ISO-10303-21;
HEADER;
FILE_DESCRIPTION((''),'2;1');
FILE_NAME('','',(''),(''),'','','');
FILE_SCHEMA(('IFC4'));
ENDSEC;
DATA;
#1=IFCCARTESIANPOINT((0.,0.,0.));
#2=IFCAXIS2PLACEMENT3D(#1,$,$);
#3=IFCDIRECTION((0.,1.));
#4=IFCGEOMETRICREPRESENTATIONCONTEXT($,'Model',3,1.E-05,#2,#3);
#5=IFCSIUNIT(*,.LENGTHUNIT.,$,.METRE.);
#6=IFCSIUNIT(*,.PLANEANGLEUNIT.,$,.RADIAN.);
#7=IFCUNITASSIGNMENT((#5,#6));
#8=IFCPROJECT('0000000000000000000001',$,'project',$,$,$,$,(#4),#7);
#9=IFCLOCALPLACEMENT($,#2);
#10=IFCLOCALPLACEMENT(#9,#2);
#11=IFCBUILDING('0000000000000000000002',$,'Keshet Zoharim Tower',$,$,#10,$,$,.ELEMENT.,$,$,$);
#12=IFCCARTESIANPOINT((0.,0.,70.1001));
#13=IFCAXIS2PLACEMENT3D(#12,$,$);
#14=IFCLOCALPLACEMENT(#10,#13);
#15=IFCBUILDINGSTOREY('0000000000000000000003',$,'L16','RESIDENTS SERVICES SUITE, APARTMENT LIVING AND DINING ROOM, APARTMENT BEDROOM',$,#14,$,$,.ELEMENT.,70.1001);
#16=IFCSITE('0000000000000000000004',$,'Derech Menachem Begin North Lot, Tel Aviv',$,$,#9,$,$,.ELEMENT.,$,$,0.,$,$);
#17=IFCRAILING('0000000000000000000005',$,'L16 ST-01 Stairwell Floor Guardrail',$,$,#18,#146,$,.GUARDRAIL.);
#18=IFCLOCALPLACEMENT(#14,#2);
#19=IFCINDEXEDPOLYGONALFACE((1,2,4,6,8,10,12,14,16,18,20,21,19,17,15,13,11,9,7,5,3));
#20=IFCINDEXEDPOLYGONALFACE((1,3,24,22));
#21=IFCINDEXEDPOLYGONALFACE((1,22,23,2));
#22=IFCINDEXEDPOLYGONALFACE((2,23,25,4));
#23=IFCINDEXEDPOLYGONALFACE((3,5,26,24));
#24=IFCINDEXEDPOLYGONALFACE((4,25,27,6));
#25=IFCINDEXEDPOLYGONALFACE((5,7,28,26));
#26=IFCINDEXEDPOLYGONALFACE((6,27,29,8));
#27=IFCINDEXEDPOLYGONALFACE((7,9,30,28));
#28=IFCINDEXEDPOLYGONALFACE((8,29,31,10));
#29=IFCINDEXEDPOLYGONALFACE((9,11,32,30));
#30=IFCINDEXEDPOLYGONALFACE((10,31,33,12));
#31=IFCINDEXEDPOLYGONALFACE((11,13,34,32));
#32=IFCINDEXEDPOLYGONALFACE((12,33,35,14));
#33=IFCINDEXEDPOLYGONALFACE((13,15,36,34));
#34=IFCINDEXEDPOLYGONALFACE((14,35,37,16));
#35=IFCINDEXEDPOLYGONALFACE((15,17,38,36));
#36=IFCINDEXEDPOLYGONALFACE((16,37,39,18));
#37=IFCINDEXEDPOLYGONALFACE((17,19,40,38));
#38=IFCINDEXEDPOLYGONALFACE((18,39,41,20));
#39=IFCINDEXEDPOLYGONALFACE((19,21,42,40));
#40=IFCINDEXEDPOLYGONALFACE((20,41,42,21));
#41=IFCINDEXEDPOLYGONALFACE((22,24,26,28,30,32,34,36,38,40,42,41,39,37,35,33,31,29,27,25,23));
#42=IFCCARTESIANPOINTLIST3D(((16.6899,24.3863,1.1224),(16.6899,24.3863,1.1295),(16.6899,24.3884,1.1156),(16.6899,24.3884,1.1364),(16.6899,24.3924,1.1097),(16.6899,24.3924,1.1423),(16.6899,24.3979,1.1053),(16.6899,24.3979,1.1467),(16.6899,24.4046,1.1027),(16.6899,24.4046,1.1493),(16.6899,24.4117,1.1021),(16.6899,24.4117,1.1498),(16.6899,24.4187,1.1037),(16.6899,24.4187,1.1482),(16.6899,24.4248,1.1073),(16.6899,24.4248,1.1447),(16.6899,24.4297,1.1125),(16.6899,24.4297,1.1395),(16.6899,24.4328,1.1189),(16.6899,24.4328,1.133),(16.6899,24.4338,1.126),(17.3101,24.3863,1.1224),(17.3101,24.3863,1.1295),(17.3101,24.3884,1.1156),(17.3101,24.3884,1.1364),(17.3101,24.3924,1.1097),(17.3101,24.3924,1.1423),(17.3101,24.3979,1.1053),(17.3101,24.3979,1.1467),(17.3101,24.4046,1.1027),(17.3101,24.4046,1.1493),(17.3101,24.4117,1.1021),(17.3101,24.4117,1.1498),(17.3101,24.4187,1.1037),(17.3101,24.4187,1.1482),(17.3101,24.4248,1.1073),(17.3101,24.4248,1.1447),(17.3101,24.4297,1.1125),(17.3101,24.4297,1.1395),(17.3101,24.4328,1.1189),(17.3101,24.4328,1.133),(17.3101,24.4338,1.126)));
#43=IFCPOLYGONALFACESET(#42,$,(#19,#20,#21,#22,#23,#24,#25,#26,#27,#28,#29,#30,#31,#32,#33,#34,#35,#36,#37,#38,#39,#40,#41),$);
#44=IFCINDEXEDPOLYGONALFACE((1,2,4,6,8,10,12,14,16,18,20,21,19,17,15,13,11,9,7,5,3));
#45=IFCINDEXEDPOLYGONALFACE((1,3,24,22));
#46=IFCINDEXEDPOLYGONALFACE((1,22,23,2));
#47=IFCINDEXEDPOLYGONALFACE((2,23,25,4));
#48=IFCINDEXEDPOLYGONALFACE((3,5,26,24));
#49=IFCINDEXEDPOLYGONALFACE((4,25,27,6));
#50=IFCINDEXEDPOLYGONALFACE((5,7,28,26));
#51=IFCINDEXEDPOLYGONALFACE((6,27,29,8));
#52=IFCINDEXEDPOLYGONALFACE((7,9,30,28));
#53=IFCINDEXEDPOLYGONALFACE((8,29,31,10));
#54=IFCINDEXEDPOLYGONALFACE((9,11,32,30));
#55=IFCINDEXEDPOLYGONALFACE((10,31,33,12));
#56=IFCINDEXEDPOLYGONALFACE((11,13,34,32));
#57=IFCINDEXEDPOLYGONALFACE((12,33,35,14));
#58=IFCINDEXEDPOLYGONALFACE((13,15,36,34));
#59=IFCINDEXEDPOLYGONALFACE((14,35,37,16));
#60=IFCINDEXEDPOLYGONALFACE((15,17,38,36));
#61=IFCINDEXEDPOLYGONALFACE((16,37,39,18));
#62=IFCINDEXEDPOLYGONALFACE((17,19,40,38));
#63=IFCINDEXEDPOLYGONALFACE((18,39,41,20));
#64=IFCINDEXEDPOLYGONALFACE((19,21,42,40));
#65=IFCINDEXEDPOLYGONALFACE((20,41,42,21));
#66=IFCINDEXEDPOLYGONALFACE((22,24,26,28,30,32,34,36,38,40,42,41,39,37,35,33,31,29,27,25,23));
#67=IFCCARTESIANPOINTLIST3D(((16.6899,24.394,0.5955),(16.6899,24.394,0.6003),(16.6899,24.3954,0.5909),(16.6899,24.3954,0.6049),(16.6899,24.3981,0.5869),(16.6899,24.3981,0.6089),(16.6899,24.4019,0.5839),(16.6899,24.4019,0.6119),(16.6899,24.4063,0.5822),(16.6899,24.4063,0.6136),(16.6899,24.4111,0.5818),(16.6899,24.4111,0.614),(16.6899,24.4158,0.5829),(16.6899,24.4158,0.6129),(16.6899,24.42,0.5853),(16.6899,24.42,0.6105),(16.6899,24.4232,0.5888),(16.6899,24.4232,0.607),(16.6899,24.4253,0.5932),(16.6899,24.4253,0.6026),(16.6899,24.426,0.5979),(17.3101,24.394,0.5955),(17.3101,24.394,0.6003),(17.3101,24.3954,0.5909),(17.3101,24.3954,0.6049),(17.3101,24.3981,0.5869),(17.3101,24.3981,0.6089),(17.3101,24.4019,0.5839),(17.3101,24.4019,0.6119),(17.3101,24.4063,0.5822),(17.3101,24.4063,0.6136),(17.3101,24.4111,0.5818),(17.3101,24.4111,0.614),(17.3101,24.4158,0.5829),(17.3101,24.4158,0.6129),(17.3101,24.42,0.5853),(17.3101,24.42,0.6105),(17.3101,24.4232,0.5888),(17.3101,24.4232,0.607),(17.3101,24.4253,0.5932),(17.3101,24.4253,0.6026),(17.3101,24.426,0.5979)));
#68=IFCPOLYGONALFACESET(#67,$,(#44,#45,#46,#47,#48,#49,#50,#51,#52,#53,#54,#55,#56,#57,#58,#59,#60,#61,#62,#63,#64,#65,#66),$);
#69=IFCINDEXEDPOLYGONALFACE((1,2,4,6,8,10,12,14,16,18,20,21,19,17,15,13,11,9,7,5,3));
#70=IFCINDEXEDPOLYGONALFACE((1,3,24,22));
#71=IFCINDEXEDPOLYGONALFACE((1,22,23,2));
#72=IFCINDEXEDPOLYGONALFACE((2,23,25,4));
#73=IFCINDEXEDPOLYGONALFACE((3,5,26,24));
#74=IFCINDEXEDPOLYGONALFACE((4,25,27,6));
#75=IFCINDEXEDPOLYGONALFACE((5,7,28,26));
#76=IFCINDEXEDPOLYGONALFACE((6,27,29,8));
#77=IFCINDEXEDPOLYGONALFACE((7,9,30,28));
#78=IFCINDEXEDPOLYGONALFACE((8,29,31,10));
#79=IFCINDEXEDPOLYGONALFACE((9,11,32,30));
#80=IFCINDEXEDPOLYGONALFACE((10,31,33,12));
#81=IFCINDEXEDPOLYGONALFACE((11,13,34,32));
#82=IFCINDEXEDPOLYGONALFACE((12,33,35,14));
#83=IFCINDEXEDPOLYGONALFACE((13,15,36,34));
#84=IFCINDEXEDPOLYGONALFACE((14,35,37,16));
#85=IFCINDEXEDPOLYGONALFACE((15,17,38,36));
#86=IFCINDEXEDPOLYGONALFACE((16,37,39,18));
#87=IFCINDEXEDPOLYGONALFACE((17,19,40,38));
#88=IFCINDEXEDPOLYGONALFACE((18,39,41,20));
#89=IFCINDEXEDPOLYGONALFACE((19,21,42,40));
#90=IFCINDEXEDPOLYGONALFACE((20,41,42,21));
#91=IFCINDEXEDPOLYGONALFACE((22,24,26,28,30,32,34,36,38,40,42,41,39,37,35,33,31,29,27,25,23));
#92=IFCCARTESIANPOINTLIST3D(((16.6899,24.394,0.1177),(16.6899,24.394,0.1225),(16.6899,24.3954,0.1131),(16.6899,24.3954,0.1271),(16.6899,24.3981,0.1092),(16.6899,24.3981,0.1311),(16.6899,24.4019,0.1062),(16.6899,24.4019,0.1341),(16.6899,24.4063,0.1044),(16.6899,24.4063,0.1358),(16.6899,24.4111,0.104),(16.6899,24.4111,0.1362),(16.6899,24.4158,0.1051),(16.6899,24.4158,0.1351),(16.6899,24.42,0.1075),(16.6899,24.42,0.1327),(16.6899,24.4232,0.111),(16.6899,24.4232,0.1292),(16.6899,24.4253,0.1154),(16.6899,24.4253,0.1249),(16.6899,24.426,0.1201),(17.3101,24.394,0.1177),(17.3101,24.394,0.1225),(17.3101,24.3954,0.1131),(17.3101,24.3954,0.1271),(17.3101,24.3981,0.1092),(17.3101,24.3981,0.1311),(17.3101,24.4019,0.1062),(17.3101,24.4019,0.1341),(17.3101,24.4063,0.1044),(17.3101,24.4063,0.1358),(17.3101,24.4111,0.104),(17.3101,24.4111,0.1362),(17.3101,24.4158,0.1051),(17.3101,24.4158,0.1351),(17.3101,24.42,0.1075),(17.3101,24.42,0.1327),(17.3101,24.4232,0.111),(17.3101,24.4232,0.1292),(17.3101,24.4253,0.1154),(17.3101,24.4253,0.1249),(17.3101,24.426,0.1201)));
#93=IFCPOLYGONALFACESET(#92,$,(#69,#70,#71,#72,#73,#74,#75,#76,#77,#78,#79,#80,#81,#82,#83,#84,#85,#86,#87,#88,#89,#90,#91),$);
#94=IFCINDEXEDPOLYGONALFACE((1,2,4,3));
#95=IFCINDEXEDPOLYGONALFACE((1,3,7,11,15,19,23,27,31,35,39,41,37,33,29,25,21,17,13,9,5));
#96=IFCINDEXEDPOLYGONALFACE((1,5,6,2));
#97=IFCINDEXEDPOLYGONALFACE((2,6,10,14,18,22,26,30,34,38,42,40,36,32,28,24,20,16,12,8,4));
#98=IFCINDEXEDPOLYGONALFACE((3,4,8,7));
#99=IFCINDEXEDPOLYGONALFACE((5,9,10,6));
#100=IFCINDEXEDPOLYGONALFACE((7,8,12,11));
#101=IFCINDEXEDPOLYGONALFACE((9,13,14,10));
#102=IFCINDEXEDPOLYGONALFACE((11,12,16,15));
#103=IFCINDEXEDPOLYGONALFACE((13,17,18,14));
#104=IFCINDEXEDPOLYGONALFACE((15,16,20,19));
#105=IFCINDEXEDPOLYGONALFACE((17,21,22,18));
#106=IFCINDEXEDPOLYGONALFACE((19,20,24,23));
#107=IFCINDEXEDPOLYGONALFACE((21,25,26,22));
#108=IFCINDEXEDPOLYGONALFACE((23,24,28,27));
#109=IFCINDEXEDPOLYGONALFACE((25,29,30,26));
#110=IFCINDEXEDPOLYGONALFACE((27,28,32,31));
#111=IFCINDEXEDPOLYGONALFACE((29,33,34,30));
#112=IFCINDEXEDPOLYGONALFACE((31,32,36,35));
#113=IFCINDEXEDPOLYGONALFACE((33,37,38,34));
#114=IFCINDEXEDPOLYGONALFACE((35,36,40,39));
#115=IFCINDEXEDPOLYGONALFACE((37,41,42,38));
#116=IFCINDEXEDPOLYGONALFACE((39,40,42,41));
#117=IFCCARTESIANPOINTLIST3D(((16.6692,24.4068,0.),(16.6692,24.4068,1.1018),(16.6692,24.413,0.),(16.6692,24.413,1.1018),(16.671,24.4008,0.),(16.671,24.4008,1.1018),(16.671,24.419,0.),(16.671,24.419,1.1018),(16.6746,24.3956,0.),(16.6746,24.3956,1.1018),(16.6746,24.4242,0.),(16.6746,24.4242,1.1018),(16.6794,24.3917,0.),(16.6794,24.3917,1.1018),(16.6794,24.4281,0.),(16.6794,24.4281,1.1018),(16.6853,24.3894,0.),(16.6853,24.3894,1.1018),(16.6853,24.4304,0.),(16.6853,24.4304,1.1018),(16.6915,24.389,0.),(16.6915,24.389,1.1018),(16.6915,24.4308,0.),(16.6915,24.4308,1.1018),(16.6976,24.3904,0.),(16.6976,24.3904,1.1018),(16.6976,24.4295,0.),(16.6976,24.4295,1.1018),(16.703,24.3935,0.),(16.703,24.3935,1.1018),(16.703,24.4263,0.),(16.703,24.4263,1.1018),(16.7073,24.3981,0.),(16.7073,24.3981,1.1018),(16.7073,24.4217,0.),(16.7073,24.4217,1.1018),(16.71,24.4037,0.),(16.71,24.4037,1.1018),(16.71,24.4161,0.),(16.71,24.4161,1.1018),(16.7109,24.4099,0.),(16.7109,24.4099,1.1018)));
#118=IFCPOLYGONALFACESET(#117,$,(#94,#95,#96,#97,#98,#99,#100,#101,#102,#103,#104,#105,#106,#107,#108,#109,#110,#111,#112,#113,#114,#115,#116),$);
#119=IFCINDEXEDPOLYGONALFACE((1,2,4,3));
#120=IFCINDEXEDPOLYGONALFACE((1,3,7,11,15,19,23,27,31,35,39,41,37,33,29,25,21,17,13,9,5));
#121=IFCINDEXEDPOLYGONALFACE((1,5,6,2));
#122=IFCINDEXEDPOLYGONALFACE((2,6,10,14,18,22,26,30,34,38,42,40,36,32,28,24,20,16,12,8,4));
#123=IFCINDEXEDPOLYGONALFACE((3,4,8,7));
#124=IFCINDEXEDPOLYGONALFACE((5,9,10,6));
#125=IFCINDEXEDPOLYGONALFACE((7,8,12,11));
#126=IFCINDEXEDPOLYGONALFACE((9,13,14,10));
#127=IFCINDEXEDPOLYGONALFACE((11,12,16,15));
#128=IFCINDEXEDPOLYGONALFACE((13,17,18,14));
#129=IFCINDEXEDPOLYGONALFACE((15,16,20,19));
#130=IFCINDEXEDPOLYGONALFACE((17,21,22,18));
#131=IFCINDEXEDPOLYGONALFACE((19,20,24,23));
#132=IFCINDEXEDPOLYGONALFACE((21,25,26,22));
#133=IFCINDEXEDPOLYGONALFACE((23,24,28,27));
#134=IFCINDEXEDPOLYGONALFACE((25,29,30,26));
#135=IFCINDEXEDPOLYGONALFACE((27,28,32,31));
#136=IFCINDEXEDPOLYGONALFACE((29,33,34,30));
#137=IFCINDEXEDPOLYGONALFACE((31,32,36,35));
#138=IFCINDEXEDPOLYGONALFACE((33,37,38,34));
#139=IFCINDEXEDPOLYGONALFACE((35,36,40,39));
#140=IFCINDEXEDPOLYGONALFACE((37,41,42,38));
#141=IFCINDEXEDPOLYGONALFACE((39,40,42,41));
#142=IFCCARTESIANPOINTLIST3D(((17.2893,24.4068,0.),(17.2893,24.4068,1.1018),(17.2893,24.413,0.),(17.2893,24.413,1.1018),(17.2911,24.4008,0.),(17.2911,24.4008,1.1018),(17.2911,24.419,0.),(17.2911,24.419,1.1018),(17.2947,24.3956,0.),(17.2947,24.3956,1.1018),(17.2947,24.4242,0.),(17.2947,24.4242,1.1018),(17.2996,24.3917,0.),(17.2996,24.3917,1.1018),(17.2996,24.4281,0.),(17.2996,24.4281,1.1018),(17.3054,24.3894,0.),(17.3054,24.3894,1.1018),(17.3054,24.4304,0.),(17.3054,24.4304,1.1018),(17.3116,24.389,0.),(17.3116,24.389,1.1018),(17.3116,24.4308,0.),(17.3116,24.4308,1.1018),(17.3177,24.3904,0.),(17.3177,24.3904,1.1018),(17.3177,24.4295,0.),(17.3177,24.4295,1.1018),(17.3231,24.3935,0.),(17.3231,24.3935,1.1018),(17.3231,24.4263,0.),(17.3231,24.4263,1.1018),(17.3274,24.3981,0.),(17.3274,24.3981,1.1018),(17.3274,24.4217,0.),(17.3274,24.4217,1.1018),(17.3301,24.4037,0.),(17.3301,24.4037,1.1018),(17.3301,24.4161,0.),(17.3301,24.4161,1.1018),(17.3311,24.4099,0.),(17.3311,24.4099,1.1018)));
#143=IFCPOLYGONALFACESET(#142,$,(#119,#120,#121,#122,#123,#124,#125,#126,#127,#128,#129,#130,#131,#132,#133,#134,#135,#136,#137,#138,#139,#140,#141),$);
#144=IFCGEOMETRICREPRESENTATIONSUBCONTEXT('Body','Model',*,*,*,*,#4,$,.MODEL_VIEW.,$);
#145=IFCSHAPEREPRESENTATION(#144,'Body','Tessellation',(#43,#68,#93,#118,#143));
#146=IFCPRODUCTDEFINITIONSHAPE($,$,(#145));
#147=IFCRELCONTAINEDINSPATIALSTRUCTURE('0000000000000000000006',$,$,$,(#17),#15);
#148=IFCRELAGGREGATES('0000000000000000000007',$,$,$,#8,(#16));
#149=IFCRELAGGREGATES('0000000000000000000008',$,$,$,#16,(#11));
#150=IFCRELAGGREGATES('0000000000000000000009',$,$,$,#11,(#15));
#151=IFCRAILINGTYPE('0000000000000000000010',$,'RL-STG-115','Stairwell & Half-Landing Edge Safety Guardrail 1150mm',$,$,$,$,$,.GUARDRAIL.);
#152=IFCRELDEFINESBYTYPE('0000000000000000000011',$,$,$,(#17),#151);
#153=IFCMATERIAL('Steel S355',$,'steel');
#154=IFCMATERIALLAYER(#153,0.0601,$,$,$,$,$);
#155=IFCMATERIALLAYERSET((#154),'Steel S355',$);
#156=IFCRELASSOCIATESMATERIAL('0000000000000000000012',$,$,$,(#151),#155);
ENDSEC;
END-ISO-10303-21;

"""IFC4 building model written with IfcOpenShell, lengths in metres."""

from ifc_helpers import new_model, si_unit, direction, frame, origin, origin_2d, place, context, subcontext, project, spatial, circle, extrude, material, layer, layer_set, type_object, element, save


model = new_model("IFC4")

# Units and contexts
model_context = context("Model", 3, precision=1e-05, world=origin(), true_north=direction((0.0, 1.0)))
body_context = subcontext(model_context, "Body", "Model", "MODEL_VIEW")
ifc_project = project(units=[si_unit("LENGTHUNIT", "METRE"), si_unit("PLANEANGLEUNIT", "RADIAN")], contexts=[model_context])

# Site, building, storey
site_placement = place(None, origin())
site = spatial("IfcSite", under=ifc_project, at=site_placement, Name="Derech Menachem Begin North Lot, Tel Aviv", CompositionType="ELEMENT", RefElevation=0.0)
building_placement = place(site_placement, origin())
building = spatial("IfcBuilding", under=site, at=building_placement, Name="Keshet Zoharim Tower", CompositionType="ELEMENT")
storey_placement = place(building_placement, frame((0.0, 0.0, 70.1001)))
storey = spatial("IfcBuildingStorey", under=building, at=storey_placement, Name="L16", Description="RESIDENTS SERVICES SUITE, APARTMENT LIVING AND DINING ROOM, APARTMENT BEDROOM", CompositionType="ELEMENT", Elevation=70.1001)

# Shared definitions
ifc_material_1 = material(Name="Steel S355", Category="steel")

# Railing
ifc_layer_1 = layer(ifc_material_1, 0.0601)
ifc_layer_set_1 = layer_set([ifc_layer_1], Name="Steel S355")
railing_type_1 = type_object("IfcRailingType", Name="RL-STG-115", Description="Stairwell & Half-Landing Edge Safety Guardrail 1150mm", PredefinedType="GUARDRAIL", material=ifc_layer_set_1)
railing_1_placement = place(storey_placement, frame((16.6899, 24.4099, 0.0)))
element("IfcRailing", 1, at=railing_1_placement, inside=storey, type_object=railing_type_1, Name="L16 ST-01 Stairwell Floor Guardrail", PredefinedType="GUARDRAIL", context=body_context, shape_type="SweptSolid", body=[
    extrude(circle(Radius=0.0239, at=origin_2d()), frame((0.0, 0.0, 1.126), z_axis=(1.0, 0.0, 0.0), x_axis=(0.0, 1.0, 0.0)), (0.0, 0.0, 1.0), 0.6201),
    extrude(circle(Radius=0.0161, at=origin_2d()), frame((0.0, 0.0, 0.5979), z_axis=(1.0, 0.0, 0.0), x_axis=(0.0, 1.0, 0.0)), (0.0, 0.0, 1.0), 0.6201),
    extrude(circle(Radius=0.0161, at=origin_2d()), frame((0.0, 0.0, 0.1201), z_axis=(1.0, 0.0, 0.0), x_axis=(0.0, 1.0, 0.0)), (0.0, 0.0, 1.0), 0.6201),
    extrude(circle(Radius=0.021, at=origin_2d()), origin(), (0.0, 0.0, 1.0), 1.1018),
    extrude(circle(Radius=0.021, at=origin_2d()), frame((0.6201, 0.0, 0.0)), (0.0, 0.0, 1.0), 1.1018),
])

save(model, "model.ifc")
